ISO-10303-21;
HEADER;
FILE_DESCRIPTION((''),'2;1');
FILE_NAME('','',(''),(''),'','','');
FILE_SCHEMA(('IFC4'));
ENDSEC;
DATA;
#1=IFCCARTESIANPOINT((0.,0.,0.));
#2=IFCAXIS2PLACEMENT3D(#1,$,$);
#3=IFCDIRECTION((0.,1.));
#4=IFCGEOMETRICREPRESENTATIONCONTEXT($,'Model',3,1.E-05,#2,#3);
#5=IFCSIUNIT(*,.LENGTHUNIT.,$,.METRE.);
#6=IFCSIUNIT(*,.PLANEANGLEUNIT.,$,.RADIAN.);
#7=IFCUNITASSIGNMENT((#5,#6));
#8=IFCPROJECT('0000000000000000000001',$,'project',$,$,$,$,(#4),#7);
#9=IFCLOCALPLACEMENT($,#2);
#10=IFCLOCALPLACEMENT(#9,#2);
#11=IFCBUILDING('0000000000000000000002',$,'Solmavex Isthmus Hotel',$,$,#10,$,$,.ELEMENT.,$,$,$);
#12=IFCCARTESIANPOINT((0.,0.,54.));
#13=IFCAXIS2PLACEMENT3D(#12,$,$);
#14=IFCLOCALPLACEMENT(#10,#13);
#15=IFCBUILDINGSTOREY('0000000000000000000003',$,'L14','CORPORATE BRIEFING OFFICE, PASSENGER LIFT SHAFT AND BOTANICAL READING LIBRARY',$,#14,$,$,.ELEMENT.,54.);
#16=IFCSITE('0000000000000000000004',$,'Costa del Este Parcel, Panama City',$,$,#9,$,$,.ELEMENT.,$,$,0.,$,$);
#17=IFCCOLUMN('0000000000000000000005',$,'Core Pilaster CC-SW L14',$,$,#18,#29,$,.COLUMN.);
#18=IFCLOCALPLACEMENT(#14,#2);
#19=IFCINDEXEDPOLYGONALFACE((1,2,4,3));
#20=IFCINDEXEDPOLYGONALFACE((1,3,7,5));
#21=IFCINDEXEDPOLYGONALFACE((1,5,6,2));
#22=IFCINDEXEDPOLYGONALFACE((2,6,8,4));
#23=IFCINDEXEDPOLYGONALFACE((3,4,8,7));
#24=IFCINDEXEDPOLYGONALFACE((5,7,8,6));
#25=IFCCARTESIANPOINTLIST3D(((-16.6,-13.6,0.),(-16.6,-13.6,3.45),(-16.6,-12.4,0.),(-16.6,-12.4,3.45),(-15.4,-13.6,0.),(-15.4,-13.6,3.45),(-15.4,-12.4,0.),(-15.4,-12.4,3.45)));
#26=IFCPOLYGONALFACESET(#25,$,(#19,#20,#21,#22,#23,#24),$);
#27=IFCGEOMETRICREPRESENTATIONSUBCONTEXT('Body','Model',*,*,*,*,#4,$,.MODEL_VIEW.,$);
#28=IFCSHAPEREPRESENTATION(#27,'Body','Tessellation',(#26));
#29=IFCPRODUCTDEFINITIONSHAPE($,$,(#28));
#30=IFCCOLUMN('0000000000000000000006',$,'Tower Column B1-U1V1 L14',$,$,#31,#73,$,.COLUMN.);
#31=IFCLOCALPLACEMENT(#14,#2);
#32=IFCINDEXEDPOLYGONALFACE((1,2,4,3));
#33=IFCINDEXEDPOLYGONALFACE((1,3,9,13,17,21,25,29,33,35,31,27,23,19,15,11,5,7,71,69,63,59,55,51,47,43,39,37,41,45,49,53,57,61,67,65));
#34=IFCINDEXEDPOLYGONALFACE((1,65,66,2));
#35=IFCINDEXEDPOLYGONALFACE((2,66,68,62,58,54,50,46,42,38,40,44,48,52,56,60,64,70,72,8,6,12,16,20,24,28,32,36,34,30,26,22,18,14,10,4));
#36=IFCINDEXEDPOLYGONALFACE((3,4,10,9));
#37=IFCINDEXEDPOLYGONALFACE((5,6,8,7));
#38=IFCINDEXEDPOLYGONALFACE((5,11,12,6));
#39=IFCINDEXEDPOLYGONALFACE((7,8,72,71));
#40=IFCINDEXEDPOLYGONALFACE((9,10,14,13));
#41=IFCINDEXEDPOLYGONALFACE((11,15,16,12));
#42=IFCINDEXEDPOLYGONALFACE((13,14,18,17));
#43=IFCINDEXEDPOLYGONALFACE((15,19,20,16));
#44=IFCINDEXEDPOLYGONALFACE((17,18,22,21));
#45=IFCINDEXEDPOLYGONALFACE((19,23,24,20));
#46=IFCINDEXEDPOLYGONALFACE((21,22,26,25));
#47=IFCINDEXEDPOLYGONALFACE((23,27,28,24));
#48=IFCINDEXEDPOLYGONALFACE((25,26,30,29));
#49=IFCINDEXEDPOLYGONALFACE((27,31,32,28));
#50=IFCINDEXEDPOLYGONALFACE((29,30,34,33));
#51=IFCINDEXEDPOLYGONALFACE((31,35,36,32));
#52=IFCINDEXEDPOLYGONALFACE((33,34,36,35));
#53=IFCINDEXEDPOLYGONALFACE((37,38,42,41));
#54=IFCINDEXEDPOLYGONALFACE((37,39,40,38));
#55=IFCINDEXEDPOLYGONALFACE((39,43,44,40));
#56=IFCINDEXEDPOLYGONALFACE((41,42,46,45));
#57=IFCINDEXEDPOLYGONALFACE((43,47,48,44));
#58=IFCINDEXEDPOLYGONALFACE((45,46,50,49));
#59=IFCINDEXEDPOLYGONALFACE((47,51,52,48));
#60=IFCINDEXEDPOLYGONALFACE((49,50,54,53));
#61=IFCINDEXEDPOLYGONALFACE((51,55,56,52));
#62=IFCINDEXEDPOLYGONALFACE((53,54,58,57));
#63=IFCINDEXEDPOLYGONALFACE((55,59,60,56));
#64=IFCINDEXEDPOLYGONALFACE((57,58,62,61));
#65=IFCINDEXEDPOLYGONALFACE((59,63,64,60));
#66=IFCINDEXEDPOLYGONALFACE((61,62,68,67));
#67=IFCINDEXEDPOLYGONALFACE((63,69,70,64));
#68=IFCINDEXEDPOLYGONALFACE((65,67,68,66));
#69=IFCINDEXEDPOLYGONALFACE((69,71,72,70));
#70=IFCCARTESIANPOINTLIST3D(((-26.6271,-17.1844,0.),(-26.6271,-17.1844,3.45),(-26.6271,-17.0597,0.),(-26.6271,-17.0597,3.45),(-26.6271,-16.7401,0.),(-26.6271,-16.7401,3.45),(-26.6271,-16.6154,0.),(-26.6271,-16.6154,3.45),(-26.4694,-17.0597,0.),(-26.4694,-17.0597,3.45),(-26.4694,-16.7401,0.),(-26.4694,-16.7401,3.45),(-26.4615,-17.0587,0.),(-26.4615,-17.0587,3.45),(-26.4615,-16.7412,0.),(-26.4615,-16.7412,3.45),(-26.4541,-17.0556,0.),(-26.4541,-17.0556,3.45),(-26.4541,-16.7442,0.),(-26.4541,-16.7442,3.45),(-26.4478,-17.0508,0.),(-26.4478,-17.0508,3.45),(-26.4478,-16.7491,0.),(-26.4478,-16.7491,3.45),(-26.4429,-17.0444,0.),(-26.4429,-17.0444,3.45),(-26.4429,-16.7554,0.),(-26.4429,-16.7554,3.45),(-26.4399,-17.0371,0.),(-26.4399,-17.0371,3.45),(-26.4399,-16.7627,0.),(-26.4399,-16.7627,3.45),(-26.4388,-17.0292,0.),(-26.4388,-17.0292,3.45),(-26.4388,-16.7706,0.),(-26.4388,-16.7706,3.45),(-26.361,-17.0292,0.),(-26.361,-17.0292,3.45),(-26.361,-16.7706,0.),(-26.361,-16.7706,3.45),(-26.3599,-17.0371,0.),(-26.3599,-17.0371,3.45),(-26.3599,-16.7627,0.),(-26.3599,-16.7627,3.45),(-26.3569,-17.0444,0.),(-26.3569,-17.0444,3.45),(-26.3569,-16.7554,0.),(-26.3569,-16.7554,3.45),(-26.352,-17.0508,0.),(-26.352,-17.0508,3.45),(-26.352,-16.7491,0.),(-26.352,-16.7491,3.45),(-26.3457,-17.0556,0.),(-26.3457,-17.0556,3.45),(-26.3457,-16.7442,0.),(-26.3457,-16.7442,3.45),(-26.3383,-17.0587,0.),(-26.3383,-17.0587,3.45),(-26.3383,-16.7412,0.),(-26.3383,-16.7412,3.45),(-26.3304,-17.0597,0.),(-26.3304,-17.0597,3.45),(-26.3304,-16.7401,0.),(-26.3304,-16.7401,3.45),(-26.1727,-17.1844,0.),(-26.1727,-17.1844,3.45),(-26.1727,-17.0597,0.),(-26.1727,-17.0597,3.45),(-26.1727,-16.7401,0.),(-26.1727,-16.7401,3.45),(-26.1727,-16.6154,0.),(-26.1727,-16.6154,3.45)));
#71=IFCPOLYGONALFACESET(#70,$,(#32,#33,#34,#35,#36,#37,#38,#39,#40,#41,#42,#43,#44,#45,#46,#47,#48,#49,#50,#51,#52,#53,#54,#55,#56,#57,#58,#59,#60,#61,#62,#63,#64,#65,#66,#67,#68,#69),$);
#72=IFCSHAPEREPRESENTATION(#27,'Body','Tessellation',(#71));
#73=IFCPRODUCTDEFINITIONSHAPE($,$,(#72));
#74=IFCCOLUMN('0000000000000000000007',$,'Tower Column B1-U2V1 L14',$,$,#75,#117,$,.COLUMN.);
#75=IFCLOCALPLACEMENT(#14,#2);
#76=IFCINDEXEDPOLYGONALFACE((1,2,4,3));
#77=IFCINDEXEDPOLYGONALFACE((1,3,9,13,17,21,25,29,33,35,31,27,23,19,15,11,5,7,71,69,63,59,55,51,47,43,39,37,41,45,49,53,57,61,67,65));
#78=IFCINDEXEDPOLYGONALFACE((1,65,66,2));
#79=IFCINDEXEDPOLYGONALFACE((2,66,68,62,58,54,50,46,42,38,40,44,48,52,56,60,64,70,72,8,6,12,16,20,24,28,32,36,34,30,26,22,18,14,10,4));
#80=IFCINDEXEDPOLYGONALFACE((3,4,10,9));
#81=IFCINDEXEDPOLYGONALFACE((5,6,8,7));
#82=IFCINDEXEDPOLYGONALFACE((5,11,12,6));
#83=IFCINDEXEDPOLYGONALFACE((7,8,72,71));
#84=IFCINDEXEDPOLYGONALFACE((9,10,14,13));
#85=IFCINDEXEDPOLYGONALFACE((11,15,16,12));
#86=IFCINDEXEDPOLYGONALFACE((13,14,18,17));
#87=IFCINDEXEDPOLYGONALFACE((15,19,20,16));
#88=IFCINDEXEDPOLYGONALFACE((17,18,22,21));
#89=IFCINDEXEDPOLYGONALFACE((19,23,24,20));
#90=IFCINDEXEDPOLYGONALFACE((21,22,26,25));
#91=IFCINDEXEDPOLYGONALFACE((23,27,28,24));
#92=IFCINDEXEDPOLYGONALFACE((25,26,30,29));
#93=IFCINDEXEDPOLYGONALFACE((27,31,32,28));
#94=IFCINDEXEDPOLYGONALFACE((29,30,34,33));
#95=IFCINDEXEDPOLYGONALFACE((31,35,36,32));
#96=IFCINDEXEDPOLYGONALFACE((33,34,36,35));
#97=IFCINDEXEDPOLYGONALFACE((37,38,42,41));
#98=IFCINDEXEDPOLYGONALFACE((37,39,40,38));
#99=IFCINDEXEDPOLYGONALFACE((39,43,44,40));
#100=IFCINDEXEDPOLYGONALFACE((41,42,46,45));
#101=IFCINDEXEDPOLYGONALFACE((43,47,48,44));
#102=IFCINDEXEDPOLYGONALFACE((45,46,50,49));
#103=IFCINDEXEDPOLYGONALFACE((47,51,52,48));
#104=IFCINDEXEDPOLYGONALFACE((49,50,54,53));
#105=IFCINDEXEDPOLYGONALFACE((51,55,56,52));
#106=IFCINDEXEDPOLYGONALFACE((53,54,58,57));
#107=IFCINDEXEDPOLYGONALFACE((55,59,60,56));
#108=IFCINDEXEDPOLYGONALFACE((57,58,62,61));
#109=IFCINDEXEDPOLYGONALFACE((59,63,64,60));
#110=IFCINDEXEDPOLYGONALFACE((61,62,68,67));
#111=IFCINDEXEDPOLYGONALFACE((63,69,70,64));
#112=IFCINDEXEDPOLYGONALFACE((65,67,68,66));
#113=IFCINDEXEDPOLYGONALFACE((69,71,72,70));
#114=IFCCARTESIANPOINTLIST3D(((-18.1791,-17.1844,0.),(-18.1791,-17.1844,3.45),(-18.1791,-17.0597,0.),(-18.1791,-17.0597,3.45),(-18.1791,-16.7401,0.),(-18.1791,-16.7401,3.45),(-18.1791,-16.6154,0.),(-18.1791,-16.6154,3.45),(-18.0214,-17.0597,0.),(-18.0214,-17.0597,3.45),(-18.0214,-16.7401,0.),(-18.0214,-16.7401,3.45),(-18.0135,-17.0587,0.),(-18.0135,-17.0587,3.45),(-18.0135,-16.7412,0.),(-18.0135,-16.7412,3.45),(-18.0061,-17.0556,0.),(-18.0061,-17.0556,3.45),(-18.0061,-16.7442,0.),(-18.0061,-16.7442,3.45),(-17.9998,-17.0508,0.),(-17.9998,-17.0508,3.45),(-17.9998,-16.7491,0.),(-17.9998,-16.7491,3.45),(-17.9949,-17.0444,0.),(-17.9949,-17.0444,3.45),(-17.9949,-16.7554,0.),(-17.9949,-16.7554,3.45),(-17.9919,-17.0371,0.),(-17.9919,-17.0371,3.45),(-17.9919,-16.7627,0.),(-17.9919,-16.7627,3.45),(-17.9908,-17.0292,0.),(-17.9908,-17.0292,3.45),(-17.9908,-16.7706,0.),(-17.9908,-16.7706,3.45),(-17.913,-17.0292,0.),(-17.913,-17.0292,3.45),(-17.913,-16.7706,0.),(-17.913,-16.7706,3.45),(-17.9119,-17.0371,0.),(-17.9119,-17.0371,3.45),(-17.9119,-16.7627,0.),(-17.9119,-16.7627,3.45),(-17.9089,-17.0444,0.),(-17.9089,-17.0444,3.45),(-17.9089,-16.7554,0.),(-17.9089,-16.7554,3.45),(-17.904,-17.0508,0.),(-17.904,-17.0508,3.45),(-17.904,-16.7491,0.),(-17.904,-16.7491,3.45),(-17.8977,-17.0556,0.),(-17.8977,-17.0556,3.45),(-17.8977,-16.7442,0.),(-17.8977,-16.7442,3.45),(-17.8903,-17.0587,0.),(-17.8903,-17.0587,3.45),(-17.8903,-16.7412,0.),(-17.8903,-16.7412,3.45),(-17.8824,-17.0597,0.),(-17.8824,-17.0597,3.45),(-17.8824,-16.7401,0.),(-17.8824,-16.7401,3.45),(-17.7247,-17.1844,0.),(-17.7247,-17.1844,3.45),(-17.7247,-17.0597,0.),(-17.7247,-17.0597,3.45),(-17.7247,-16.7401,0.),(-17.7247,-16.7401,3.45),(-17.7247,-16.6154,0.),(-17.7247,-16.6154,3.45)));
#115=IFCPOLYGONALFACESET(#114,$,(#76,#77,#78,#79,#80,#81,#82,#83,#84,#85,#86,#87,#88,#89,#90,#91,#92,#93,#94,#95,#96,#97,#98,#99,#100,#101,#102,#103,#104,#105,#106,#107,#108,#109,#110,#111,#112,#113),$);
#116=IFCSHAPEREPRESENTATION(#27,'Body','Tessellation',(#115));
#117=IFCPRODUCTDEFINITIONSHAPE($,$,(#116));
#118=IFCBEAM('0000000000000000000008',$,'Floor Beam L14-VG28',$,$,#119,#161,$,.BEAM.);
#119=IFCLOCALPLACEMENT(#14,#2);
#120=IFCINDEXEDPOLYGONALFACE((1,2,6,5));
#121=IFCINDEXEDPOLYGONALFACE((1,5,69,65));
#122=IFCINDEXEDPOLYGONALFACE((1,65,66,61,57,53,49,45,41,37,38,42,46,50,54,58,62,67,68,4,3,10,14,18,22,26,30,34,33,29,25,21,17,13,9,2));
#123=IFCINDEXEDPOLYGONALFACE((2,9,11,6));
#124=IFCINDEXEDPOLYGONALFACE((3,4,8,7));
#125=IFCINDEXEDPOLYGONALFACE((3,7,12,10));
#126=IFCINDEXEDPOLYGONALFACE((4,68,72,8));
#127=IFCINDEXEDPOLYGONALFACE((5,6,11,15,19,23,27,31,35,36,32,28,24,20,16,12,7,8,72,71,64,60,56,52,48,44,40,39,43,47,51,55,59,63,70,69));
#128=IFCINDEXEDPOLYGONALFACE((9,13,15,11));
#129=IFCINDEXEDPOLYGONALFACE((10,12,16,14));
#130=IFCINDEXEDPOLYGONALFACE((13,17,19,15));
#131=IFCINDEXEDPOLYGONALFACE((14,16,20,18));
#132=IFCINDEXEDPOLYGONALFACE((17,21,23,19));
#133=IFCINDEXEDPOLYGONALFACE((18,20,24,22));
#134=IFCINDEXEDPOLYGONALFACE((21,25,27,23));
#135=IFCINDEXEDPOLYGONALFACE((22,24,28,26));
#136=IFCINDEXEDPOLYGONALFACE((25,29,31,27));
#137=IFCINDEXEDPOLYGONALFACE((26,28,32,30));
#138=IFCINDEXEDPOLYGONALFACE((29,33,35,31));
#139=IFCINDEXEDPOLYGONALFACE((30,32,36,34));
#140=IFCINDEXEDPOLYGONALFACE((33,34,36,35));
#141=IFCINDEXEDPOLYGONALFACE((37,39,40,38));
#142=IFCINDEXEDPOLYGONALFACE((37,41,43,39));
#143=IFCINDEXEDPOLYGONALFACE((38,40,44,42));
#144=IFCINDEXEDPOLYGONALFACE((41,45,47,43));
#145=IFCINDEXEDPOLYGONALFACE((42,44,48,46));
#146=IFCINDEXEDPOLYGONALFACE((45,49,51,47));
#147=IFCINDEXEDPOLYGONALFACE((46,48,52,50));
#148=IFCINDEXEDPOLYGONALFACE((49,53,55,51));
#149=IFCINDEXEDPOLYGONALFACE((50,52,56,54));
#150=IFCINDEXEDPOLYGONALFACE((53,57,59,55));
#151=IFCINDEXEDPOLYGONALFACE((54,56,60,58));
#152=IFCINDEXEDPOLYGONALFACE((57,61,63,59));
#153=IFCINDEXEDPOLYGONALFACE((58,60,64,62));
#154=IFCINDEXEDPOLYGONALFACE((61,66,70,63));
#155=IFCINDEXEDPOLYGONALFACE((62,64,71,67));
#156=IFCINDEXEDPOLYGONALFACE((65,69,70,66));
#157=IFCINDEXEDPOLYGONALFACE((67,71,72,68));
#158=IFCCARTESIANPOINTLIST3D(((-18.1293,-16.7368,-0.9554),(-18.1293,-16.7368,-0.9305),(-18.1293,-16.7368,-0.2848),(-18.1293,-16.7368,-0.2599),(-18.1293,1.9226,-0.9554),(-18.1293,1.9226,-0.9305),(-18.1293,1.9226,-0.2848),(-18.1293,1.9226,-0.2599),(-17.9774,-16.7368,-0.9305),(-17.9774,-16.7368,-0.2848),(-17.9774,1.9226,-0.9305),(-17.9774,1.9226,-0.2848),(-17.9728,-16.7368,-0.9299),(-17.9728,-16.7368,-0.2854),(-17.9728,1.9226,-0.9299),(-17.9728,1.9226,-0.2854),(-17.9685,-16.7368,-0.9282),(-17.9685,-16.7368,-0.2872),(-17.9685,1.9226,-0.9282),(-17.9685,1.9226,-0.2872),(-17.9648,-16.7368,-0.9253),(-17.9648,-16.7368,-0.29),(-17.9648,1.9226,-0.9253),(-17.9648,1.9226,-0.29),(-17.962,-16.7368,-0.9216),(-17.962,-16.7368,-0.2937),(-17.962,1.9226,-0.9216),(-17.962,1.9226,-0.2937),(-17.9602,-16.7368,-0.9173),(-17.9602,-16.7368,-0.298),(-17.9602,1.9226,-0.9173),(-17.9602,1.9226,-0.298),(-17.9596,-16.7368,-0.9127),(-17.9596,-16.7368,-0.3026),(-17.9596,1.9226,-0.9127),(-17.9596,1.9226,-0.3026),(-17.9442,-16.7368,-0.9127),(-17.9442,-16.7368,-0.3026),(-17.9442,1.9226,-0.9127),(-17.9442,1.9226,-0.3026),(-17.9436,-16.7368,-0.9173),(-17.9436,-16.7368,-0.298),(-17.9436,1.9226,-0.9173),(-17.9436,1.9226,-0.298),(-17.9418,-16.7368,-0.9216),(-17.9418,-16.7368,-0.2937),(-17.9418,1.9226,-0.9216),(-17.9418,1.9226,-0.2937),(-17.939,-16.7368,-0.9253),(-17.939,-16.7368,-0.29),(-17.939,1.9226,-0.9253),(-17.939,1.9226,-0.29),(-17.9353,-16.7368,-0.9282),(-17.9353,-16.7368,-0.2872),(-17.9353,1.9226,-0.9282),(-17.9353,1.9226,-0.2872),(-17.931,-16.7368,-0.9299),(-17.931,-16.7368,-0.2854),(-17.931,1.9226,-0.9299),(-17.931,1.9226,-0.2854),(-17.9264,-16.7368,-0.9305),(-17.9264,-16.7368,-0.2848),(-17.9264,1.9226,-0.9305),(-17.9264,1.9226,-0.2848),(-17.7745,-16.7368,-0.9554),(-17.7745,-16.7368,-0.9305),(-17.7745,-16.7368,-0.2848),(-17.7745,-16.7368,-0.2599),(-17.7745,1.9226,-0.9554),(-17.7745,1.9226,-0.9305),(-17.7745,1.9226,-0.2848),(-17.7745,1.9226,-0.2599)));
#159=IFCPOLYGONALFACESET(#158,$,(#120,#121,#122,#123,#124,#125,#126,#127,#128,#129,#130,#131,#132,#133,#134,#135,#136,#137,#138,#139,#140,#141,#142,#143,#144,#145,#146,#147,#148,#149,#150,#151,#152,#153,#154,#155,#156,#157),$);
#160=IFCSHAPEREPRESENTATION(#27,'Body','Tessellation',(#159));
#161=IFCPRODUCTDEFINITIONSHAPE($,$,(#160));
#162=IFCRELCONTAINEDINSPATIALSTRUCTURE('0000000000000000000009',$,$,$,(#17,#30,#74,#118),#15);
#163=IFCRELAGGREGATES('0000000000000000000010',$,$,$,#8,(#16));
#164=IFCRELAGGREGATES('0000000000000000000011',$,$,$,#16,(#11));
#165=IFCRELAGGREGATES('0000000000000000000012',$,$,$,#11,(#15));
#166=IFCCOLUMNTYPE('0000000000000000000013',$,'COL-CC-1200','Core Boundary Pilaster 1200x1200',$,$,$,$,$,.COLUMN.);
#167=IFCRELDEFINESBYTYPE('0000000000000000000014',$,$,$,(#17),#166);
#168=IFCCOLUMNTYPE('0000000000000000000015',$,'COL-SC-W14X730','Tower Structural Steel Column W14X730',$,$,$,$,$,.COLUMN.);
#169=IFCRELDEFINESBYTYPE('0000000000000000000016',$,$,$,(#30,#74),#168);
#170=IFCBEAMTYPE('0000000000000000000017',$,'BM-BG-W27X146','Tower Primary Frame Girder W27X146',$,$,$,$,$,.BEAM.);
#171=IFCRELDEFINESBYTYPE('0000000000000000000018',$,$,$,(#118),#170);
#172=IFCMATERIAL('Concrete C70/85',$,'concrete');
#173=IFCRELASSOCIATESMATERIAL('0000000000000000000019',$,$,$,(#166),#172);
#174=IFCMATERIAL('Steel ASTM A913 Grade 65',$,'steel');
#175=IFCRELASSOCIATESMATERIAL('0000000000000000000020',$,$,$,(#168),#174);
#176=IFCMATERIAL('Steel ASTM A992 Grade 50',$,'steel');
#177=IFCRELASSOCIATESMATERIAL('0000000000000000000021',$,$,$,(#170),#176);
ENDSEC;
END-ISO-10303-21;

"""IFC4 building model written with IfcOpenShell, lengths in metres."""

from ifc_helpers import new_model, si_unit, direction, frame, origin, origin_2d, place, context, subcontext, project, spatial, rectangle, i_section, extrude, material, material_profile, profile_set, type_object, element, save


model = new_model("IFC4")

# Units and contexts
model_context = context("Model", 3, precision=1e-05, world=origin(), true_north=direction((0.0, 1.0)))
body_context = subcontext(model_context, "Body", "Model", "MODEL_VIEW")
ifc_project = project(units=[si_unit("LENGTHUNIT", "METRE"), si_unit("PLANEANGLEUNIT", "RADIAN")], contexts=[model_context])

# Site, building, storey
site_placement = place(None, origin())
site = spatial("IfcSite", under=ifc_project, at=site_placement, Name="Costa del Este Parcel, Panama City", CompositionType="ELEMENT", RefElevation=0.0)
building_placement = place(site_placement, origin())
building = spatial("IfcBuilding", under=site, at=building_placement, Name="Solmavex Isthmus Hotel", CompositionType="ELEMENT")
storey_placement = place(building_placement, frame((0.0, 0.0, 54.0)))
storey = spatial("IfcBuildingStorey", under=building, at=storey_placement, Name="L14", Description="CORPORATE BRIEFING OFFICE, PASSENGER LIFT SHAFT AND BOTANICAL READING LIBRARY", CompositionType="ELEMENT", Elevation=54.0)

# Columns
ifc_material_1 = material(Name="Concrete C70/85", Category="concrete")
ifc_material_profile_1 = material_profile(ifc_material_1, rectangle(XDim=1.2, YDim=1.2, at=origin_2d()), Name="RC1200X1200")
ifc_profile_set_1 = profile_set([ifc_material_profile_1], Name="Concrete C70/85")
column_type_1 = type_object("IfcColumnType", Name="COL-CC-1200", Description="Core Boundary Pilaster 1200x1200", PredefinedType="COLUMN", material=ifc_profile_set_1)
column_placement = place(storey_placement, frame((-16.0, -13.0, 0.0), z_axis=(0.0, 0.0, 1.0), x_axis=(1.0, 0.0, 0.0)))
element("IfcColumn", 1, at=column_placement, inside=storey, type_object=column_type_1, Name="Core Pilaster CC-SW L14", PredefinedType="COLUMN", context=body_context, shape_type="SweptSolid", body=[
    extrude(rectangle(XDim=1.2, YDim=1.2, at=origin_2d()), origin(), (0.0, 0.0, 1.0), 3.45),
])
ifc_material_2 = material(Name="Steel ASTM A913 Grade 65", Category="steel")
ifc_material_profile_2 = material_profile(ifc_material_2, i_section(OverallWidth=0.4543, OverallDepth=0.5691, WebThickness=0.0779, FlangeThickness=0.1248, FilletRadius=0.0305, at=origin_2d()), Name="W14X730")
ifc_profile_set_2 = profile_set([ifc_material_profile_2], Name="Steel ASTM A913 Grade 65")
column_type_2 = type_object("IfcColumnType", Name="COL-SC-W14X730", Description="Tower Structural Steel Column W14X730", PredefinedType="COLUMN", material=ifc_profile_set_2)
for number, where, z_axis, x_axis, name in (
    (2, (-26.3999, -16.8999, 0.0), (0.0, 0.0, 1.0), (1.0, 0.0, 0.0), "Tower Column B1-U1V1 L14"),
    (3, (-17.9519, -16.8999, 0.0), (0.0, 0.0, 1.0), (1.0, 0.0, 0.0), "Tower Column B1-U2V1 L14"),
):
    element("IfcColumn", number, at=place(storey_placement, frame(where, z_axis=z_axis, x_axis=x_axis)), inside=storey, type_object=column_type_2, Name=name, PredefinedType="COLUMN", context=body_context, shape_type="SweptSolid", body=[
        extrude(i_section(OverallWidth=0.4543, OverallDepth=0.5691, WebThickness=0.0779, FlangeThickness=0.1248, FilletRadius=0.0305, at=origin_2d()), origin(), (0.0, 0.0, 1.0), 3.45),
    ])

# Beam
ifc_material_3 = material(Name="Steel ASTM A992 Grade 50", Category="steel")
ifc_material_profile_3 = material_profile(ifc_material_3, i_section(OverallWidth=0.3547, OverallDepth=0.6956, WebThickness=0.0154, FlangeThickness=0.0249, FilletRadius=0.0178, at=origin_2d()), Name="W27X146")
ifc_profile_set_3 = profile_set([ifc_material_profile_3], Name="Steel ASTM A992 Grade 50")
beam_type_1 = type_object("IfcBeamType", Name="BM-BG-W27X146", Description="Tower Primary Frame Girder W27X146", PredefinedType="BEAM", material=ifc_profile_set_3)
beam_1_placement = place(storey_placement, frame((-17.9519, -16.7368, -0.6077), z_axis=(0.0, 1.0, 0.0), x_axis=(-1.0, 0.0, 0.0)))
element("IfcBeam", 4, at=beam_1_placement, inside=storey, type_object=beam_type_1, Name="Floor Beam L14-VG28", PredefinedType="BEAM", context=body_context, shape_type="SweptSolid", body=[
    extrude(i_section(OverallWidth=0.3547, OverallDepth=0.6956, WebThickness=0.0154, FlangeThickness=0.0249, FilletRadius=0.0178, at=origin_2d()), origin(), (0.0, 0.0, 1.0), 18.6594),
])

save(model, "model.ifc")
